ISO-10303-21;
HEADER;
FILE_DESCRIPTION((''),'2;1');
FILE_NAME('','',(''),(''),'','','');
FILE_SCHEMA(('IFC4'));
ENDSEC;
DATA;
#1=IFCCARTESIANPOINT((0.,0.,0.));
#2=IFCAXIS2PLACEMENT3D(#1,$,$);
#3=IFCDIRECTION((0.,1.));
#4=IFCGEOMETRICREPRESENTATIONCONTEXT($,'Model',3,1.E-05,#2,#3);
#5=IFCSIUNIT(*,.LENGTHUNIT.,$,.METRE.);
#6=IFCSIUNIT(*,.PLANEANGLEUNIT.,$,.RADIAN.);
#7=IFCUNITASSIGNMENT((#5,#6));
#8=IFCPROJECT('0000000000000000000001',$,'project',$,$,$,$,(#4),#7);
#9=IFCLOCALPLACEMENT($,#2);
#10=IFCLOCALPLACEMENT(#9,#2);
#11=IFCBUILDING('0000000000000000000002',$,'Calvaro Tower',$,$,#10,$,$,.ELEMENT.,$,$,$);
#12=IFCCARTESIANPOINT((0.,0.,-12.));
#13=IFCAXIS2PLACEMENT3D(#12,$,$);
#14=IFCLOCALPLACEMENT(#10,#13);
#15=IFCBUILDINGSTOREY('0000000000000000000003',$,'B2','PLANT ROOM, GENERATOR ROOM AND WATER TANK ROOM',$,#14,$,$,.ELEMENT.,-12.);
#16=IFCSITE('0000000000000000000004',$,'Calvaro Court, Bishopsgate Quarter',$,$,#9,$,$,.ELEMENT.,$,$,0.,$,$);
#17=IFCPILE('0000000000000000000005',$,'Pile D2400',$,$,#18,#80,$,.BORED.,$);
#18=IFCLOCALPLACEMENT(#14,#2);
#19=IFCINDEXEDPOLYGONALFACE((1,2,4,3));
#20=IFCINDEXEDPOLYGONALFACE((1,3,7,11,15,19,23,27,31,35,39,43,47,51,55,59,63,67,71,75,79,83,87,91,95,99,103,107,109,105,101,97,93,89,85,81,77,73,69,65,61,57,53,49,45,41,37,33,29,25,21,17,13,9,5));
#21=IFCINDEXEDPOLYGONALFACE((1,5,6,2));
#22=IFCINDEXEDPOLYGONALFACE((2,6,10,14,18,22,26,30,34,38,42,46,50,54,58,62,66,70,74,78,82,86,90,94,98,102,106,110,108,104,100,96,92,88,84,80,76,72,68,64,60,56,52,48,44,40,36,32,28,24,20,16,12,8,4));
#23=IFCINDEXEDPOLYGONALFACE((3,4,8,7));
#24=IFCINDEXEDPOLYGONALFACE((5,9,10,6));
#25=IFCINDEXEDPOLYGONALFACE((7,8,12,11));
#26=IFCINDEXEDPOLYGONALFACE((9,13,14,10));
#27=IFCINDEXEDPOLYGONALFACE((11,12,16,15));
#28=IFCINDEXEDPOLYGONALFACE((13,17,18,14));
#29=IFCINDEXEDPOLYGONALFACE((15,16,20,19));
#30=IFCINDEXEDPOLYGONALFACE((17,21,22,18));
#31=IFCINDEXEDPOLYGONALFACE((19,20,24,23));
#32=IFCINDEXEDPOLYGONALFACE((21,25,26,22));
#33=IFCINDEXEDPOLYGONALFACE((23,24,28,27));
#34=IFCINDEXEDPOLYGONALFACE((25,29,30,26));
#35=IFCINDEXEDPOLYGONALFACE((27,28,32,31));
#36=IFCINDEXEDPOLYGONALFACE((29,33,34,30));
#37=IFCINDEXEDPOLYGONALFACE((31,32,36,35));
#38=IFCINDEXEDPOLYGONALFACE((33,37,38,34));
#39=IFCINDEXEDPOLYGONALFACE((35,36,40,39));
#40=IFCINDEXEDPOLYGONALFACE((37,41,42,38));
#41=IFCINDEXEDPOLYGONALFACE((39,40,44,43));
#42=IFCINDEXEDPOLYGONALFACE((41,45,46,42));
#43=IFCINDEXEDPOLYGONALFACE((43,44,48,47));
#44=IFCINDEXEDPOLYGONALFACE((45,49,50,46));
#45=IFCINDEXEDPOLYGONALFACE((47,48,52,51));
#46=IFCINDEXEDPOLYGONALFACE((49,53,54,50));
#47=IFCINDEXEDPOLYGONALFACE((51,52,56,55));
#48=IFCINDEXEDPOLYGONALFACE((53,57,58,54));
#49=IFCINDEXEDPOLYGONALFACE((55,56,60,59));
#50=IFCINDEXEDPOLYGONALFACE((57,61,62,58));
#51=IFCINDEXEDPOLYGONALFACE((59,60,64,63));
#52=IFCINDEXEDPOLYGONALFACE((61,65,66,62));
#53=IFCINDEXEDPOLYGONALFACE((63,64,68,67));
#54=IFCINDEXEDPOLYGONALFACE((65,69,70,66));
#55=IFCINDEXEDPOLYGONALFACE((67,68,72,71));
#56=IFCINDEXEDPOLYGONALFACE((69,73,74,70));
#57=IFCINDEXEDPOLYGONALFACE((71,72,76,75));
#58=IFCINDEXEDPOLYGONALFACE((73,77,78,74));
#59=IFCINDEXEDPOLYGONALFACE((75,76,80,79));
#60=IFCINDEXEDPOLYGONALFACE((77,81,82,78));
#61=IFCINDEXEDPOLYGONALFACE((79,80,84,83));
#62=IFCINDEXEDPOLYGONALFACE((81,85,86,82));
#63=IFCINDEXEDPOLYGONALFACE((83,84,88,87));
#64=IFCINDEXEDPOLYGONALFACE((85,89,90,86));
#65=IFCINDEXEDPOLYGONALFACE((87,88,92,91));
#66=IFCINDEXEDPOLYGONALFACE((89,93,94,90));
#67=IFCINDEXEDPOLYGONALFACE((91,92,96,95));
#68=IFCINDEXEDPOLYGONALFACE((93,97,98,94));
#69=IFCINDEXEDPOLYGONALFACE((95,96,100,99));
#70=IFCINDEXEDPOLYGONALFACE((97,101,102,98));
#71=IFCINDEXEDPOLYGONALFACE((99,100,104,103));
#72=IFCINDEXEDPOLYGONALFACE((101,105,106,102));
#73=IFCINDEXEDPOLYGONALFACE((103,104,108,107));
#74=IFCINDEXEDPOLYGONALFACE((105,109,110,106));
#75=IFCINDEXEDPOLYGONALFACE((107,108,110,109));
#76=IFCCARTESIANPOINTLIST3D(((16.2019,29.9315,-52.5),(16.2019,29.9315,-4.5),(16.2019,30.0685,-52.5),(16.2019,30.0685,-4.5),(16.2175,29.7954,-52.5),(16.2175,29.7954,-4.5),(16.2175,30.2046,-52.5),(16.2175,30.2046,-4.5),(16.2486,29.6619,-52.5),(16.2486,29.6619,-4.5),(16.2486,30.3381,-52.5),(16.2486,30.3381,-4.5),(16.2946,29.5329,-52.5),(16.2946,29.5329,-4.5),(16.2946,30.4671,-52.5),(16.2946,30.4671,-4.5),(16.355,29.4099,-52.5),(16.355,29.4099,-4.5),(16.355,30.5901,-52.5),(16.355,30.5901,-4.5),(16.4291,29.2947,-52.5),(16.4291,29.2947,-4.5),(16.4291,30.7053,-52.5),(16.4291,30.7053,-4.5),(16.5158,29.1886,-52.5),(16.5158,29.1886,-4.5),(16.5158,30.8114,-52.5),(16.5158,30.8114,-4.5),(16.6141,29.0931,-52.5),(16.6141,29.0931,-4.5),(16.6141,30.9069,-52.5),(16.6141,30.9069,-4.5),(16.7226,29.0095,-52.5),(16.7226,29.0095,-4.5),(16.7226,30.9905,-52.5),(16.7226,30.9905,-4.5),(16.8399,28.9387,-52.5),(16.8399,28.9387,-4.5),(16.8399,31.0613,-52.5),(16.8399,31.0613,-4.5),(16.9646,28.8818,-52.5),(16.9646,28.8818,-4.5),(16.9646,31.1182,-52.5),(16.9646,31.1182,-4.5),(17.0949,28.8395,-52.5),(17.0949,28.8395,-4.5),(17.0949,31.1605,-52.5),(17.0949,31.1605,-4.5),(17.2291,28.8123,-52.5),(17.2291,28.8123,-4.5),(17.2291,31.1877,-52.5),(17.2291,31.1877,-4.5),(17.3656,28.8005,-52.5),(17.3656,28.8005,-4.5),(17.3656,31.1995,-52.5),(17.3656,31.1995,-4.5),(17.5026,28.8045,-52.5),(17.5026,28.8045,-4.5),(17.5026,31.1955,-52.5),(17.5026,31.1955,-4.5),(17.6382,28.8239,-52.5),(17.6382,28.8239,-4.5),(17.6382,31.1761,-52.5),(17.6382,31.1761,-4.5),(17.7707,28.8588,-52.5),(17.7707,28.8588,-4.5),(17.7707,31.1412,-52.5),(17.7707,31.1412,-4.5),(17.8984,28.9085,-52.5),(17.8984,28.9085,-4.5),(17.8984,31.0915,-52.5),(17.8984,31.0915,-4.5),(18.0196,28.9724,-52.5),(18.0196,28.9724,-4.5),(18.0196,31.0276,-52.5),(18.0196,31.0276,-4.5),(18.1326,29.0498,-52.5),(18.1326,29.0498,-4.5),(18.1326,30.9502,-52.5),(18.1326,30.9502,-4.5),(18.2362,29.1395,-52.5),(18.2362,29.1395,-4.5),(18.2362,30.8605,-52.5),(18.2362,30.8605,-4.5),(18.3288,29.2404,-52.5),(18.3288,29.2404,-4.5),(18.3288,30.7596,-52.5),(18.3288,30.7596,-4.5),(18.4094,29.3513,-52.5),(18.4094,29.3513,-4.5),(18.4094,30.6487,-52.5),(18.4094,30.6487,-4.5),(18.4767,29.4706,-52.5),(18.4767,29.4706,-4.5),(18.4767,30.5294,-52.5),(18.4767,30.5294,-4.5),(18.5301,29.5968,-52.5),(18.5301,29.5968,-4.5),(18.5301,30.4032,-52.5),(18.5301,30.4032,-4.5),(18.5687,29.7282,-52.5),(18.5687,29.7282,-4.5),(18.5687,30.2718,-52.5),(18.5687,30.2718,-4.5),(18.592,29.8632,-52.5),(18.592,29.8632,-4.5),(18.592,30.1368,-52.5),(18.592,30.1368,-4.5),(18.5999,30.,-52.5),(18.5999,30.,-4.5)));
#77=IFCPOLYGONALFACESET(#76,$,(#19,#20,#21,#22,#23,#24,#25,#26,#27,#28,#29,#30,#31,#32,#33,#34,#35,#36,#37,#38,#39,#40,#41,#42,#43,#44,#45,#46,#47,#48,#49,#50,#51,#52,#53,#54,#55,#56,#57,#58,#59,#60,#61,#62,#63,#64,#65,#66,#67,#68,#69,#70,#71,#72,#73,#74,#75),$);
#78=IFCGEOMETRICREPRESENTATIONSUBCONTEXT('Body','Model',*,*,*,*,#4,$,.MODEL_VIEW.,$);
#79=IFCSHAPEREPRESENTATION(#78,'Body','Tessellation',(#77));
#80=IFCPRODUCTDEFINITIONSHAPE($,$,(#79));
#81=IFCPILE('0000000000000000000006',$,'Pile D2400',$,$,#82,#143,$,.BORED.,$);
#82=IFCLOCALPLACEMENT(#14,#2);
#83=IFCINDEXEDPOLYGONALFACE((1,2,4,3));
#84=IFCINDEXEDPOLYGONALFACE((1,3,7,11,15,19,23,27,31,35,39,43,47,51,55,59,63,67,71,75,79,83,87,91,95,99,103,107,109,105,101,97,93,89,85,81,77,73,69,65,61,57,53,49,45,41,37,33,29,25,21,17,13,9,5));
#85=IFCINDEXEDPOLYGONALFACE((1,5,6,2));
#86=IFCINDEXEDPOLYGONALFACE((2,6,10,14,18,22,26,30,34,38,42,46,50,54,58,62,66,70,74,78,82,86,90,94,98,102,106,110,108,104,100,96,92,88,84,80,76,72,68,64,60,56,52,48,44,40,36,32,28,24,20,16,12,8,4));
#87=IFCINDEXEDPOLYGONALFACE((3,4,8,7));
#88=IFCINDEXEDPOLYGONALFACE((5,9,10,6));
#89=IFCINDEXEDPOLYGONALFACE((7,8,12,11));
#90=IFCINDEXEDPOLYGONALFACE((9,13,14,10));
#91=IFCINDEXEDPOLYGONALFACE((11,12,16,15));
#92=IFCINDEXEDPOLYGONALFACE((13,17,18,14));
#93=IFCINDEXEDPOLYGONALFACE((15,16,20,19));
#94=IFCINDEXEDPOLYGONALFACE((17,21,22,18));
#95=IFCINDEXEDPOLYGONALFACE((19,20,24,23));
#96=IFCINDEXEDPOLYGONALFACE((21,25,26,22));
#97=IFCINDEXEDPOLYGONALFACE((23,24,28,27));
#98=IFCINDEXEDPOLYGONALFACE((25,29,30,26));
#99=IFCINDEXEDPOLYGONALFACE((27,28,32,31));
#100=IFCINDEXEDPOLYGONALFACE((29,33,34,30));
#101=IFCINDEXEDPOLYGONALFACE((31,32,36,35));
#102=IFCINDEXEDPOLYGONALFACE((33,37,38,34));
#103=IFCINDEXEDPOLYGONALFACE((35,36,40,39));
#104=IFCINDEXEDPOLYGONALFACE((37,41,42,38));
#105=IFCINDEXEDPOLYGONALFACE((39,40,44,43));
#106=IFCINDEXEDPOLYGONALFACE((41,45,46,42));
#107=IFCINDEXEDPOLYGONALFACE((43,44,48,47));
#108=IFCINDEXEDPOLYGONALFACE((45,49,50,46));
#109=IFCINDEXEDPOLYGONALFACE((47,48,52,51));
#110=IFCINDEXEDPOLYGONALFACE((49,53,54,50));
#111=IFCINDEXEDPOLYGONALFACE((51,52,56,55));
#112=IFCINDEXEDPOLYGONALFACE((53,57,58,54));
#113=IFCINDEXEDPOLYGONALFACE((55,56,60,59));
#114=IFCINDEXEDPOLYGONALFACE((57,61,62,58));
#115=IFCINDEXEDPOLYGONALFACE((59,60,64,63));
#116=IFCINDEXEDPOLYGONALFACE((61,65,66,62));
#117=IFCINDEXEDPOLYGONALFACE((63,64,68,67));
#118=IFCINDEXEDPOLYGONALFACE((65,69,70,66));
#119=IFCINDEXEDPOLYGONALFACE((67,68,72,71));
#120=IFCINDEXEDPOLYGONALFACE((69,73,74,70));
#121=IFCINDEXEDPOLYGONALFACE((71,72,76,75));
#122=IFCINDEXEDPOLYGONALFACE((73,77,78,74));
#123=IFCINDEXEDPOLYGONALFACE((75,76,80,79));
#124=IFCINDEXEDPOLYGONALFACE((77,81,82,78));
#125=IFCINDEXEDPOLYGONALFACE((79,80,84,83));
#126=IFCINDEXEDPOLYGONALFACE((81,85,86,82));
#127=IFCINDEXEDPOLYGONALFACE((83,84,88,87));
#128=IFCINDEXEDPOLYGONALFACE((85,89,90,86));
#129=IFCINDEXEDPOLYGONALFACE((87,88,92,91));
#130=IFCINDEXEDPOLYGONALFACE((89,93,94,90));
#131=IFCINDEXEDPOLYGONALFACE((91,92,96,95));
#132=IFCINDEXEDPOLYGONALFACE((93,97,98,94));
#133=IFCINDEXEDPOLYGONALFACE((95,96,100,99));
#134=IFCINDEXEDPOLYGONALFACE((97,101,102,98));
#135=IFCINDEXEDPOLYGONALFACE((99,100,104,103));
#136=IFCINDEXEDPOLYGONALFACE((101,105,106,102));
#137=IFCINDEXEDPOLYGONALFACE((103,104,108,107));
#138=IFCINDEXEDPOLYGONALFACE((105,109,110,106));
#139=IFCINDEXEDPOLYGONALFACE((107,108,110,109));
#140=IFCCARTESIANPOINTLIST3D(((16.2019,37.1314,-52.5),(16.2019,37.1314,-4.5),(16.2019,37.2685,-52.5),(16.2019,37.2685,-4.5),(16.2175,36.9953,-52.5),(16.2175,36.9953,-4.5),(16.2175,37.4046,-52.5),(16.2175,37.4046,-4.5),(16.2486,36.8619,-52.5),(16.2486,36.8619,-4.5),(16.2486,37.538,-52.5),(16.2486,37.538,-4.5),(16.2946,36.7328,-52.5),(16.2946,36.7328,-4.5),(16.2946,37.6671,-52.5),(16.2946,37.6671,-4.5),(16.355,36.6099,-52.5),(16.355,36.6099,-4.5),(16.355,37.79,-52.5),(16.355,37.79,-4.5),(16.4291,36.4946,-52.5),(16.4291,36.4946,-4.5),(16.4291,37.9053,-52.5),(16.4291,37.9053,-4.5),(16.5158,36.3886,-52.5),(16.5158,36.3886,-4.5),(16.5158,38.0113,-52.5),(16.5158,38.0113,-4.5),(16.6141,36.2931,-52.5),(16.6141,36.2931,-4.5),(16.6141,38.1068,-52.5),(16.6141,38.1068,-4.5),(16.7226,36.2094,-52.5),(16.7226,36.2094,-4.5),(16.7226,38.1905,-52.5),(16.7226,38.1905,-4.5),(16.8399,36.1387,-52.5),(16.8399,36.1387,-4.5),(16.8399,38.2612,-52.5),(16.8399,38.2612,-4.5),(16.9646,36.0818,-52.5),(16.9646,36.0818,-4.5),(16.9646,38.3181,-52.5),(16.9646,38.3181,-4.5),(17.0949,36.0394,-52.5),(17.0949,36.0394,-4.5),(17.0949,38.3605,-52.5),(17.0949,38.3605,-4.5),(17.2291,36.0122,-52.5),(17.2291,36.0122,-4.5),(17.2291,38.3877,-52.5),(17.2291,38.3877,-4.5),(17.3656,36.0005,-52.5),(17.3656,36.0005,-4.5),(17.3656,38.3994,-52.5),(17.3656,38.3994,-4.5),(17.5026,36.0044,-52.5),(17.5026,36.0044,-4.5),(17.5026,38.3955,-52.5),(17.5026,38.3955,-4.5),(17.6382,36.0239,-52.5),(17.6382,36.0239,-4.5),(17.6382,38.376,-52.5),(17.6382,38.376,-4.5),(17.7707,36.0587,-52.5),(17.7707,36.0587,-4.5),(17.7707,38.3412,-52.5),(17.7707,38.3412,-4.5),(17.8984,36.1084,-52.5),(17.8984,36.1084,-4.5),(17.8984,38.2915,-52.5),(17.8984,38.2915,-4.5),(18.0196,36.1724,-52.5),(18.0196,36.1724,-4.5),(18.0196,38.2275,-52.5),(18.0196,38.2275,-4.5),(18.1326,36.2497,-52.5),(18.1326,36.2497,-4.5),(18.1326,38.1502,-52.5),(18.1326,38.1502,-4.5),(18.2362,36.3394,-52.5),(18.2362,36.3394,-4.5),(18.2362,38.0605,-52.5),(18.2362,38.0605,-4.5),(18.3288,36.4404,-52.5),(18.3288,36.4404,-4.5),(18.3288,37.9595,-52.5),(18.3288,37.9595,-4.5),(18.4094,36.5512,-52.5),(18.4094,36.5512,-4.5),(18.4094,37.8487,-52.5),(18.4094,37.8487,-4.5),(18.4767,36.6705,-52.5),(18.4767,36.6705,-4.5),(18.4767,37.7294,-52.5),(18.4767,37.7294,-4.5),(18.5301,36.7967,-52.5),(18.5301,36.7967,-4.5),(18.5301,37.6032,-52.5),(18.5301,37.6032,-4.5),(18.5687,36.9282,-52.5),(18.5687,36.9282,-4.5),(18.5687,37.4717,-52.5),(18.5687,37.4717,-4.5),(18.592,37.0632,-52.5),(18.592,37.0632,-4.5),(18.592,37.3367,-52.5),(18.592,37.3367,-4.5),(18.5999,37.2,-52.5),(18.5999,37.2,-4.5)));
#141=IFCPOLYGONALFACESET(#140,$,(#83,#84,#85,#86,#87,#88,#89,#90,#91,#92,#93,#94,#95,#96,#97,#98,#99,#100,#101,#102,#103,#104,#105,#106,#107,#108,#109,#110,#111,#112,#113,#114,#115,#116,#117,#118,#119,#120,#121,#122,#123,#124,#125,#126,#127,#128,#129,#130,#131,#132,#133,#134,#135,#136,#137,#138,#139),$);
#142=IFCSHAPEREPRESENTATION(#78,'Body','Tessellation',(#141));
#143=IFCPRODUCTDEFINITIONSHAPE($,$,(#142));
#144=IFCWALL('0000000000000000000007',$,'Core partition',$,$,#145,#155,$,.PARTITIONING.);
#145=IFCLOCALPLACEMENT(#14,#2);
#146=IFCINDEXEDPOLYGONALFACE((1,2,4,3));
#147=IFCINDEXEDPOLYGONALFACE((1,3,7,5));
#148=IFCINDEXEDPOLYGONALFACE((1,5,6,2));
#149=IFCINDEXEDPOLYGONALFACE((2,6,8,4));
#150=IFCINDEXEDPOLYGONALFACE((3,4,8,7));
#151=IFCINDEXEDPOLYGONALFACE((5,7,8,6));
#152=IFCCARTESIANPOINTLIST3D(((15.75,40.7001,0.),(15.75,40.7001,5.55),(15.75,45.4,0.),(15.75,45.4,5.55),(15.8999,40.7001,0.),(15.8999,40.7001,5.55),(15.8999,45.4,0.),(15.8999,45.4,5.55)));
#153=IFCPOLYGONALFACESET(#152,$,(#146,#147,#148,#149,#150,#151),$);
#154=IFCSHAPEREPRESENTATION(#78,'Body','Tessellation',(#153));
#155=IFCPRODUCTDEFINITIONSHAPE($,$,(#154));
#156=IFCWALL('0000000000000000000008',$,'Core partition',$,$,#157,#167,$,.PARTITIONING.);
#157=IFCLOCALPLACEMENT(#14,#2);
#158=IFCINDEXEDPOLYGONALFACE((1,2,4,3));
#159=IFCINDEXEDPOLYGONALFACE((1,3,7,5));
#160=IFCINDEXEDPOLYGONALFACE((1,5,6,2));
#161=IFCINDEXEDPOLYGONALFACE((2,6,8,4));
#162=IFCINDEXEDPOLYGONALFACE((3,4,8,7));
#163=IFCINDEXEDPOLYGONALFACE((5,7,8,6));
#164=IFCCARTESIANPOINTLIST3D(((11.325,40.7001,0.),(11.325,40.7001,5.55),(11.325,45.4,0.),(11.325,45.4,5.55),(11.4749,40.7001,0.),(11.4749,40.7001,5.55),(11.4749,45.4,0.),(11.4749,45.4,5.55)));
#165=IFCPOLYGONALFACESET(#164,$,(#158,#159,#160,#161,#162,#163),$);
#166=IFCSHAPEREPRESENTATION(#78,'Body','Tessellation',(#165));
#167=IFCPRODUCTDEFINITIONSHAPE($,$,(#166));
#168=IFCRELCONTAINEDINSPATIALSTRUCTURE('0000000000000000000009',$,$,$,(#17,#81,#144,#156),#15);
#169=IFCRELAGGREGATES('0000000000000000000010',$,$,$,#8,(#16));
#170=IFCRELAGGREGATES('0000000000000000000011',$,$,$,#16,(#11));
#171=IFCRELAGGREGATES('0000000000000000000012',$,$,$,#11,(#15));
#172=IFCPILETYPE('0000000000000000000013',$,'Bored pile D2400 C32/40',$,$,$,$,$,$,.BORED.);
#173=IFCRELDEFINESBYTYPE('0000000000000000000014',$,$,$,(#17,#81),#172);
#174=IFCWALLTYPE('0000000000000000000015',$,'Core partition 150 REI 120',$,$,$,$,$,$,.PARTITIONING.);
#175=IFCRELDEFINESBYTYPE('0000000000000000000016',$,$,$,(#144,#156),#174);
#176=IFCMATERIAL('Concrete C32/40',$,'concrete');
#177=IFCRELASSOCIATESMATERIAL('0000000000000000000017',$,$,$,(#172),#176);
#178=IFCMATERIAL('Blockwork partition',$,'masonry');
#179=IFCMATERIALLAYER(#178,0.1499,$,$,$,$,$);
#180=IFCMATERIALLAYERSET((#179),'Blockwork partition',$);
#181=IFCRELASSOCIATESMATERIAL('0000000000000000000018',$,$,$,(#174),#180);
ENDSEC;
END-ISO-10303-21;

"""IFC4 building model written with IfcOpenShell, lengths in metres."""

from ifc_helpers import new_model, si_unit, direction, frame, frame_2d, origin, origin_2d, place, context, subcontext, project, spatial, rectangle, circle, extrude, material, layer, layer_set, material_profile, profile_set, type_object, element, save


model = new_model("IFC4")

# Units and contexts
model_context = context("Model", 3, precision=1e-05, world=origin(), true_north=direction((0.0, 1.0)))
body_context = subcontext(model_context, "Body", "Model", "MODEL_VIEW")
ifc_project = project(units=[si_unit("LENGTHUNIT", "METRE"), si_unit("PLANEANGLEUNIT", "RADIAN")], contexts=[model_context])

# Site, building, storey
site_placement = place(None, origin())
site = spatial("IfcSite", under=ifc_project, at=site_placement, Name="Calvaro Court, Bishopsgate Quarter", CompositionType="ELEMENT", RefElevation=0.0)
building_placement = place(site_placement, origin())
building = spatial("IfcBuilding", under=site, at=building_placement, Name="Calvaro Tower", CompositionType="ELEMENT")
storey_placement = place(building_placement, frame((0.0, 0.0, -12.0)))
storey = spatial("IfcBuildingStorey", under=building, at=storey_placement, Name="B2", Description="PLANT ROOM, GENERATOR ROOM AND WATER TANK ROOM", CompositionType="ELEMENT", Elevation=-12.0)

# Piles
ifc_material_1 = material(Name="Concrete C32/40", Category="concrete")
ifc_material_profile = material_profile(ifc_material_1, circle(Radius=1.2, at=origin_2d()), Name="Bored pile D2400")
ifc_profile_set = profile_set([ifc_material_profile], Name="Concrete C32/40")
pile_type = type_object("IfcPileType", Name="Bored pile D2400 C32/40", PredefinedType="BORED", material=ifc_profile_set)
for number, where, z_axis, x_axis, name in (
    (1, (17.3999, 30.0, -4.5), (0.0, 0.0, -1.0), (1.0, 0.0, 0.0), "Pile D2400"),
    (2, (17.3999, 37.2, -4.5), (0.0, 0.0, -1.0), (1.0, 0.0, 0.0), "Pile D2400"),
):
    element("IfcPile", number, at=place(storey_placement, frame(where, z_axis=z_axis, x_axis=x_axis)), inside=storey, type_object=pile_type, Name=name, PredefinedType="BORED", context=body_context, shape_type="SweptSolid", body=[
        extrude(circle(Radius=1.2, at=origin_2d()), origin(), (0.0, 0.0, 1.0), 48.0),
    ])

# Walls
ifc_material_2 = material(Name="Blockwork partition", Category="masonry")
ifc_layer_1 = layer(ifc_material_2, 0.1499)
ifc_layer_set_1 = layer_set([ifc_layer_1], Name="Blockwork partition")
wall_type_1 = type_object("IfcWallType", Name="Core partition 150 REI 120", PredefinedType="PARTITIONING", material=ifc_layer_set_1)
for number, where, z_axis, x_axis, name in (
    (3, (15.825, 40.7, 0.0), (0.0, 0.0, 1.0), (0.0, 1.0, 0.0), "Core partition"),
    (4, (11.3999, 40.7, 0.0), (0.0, 0.0, 1.0), (0.0, 1.0, 0.0), "Core partition"),
):
    element("IfcWall", number, at=place(storey_placement, frame(where, z_axis=z_axis, x_axis=x_axis)), inside=storey, type_object=wall_type_1, Name=name, PredefinedType="PARTITIONING", context=body_context, shape_type="SweptSolid", body=[
        extrude(rectangle(XDim=4.7, YDim=0.1499, at=frame_2d((2.3501, 0.0))), origin(), (0.0, 0.0, 1.0), 5.55),
    ])

save(model, "model.ifc")
